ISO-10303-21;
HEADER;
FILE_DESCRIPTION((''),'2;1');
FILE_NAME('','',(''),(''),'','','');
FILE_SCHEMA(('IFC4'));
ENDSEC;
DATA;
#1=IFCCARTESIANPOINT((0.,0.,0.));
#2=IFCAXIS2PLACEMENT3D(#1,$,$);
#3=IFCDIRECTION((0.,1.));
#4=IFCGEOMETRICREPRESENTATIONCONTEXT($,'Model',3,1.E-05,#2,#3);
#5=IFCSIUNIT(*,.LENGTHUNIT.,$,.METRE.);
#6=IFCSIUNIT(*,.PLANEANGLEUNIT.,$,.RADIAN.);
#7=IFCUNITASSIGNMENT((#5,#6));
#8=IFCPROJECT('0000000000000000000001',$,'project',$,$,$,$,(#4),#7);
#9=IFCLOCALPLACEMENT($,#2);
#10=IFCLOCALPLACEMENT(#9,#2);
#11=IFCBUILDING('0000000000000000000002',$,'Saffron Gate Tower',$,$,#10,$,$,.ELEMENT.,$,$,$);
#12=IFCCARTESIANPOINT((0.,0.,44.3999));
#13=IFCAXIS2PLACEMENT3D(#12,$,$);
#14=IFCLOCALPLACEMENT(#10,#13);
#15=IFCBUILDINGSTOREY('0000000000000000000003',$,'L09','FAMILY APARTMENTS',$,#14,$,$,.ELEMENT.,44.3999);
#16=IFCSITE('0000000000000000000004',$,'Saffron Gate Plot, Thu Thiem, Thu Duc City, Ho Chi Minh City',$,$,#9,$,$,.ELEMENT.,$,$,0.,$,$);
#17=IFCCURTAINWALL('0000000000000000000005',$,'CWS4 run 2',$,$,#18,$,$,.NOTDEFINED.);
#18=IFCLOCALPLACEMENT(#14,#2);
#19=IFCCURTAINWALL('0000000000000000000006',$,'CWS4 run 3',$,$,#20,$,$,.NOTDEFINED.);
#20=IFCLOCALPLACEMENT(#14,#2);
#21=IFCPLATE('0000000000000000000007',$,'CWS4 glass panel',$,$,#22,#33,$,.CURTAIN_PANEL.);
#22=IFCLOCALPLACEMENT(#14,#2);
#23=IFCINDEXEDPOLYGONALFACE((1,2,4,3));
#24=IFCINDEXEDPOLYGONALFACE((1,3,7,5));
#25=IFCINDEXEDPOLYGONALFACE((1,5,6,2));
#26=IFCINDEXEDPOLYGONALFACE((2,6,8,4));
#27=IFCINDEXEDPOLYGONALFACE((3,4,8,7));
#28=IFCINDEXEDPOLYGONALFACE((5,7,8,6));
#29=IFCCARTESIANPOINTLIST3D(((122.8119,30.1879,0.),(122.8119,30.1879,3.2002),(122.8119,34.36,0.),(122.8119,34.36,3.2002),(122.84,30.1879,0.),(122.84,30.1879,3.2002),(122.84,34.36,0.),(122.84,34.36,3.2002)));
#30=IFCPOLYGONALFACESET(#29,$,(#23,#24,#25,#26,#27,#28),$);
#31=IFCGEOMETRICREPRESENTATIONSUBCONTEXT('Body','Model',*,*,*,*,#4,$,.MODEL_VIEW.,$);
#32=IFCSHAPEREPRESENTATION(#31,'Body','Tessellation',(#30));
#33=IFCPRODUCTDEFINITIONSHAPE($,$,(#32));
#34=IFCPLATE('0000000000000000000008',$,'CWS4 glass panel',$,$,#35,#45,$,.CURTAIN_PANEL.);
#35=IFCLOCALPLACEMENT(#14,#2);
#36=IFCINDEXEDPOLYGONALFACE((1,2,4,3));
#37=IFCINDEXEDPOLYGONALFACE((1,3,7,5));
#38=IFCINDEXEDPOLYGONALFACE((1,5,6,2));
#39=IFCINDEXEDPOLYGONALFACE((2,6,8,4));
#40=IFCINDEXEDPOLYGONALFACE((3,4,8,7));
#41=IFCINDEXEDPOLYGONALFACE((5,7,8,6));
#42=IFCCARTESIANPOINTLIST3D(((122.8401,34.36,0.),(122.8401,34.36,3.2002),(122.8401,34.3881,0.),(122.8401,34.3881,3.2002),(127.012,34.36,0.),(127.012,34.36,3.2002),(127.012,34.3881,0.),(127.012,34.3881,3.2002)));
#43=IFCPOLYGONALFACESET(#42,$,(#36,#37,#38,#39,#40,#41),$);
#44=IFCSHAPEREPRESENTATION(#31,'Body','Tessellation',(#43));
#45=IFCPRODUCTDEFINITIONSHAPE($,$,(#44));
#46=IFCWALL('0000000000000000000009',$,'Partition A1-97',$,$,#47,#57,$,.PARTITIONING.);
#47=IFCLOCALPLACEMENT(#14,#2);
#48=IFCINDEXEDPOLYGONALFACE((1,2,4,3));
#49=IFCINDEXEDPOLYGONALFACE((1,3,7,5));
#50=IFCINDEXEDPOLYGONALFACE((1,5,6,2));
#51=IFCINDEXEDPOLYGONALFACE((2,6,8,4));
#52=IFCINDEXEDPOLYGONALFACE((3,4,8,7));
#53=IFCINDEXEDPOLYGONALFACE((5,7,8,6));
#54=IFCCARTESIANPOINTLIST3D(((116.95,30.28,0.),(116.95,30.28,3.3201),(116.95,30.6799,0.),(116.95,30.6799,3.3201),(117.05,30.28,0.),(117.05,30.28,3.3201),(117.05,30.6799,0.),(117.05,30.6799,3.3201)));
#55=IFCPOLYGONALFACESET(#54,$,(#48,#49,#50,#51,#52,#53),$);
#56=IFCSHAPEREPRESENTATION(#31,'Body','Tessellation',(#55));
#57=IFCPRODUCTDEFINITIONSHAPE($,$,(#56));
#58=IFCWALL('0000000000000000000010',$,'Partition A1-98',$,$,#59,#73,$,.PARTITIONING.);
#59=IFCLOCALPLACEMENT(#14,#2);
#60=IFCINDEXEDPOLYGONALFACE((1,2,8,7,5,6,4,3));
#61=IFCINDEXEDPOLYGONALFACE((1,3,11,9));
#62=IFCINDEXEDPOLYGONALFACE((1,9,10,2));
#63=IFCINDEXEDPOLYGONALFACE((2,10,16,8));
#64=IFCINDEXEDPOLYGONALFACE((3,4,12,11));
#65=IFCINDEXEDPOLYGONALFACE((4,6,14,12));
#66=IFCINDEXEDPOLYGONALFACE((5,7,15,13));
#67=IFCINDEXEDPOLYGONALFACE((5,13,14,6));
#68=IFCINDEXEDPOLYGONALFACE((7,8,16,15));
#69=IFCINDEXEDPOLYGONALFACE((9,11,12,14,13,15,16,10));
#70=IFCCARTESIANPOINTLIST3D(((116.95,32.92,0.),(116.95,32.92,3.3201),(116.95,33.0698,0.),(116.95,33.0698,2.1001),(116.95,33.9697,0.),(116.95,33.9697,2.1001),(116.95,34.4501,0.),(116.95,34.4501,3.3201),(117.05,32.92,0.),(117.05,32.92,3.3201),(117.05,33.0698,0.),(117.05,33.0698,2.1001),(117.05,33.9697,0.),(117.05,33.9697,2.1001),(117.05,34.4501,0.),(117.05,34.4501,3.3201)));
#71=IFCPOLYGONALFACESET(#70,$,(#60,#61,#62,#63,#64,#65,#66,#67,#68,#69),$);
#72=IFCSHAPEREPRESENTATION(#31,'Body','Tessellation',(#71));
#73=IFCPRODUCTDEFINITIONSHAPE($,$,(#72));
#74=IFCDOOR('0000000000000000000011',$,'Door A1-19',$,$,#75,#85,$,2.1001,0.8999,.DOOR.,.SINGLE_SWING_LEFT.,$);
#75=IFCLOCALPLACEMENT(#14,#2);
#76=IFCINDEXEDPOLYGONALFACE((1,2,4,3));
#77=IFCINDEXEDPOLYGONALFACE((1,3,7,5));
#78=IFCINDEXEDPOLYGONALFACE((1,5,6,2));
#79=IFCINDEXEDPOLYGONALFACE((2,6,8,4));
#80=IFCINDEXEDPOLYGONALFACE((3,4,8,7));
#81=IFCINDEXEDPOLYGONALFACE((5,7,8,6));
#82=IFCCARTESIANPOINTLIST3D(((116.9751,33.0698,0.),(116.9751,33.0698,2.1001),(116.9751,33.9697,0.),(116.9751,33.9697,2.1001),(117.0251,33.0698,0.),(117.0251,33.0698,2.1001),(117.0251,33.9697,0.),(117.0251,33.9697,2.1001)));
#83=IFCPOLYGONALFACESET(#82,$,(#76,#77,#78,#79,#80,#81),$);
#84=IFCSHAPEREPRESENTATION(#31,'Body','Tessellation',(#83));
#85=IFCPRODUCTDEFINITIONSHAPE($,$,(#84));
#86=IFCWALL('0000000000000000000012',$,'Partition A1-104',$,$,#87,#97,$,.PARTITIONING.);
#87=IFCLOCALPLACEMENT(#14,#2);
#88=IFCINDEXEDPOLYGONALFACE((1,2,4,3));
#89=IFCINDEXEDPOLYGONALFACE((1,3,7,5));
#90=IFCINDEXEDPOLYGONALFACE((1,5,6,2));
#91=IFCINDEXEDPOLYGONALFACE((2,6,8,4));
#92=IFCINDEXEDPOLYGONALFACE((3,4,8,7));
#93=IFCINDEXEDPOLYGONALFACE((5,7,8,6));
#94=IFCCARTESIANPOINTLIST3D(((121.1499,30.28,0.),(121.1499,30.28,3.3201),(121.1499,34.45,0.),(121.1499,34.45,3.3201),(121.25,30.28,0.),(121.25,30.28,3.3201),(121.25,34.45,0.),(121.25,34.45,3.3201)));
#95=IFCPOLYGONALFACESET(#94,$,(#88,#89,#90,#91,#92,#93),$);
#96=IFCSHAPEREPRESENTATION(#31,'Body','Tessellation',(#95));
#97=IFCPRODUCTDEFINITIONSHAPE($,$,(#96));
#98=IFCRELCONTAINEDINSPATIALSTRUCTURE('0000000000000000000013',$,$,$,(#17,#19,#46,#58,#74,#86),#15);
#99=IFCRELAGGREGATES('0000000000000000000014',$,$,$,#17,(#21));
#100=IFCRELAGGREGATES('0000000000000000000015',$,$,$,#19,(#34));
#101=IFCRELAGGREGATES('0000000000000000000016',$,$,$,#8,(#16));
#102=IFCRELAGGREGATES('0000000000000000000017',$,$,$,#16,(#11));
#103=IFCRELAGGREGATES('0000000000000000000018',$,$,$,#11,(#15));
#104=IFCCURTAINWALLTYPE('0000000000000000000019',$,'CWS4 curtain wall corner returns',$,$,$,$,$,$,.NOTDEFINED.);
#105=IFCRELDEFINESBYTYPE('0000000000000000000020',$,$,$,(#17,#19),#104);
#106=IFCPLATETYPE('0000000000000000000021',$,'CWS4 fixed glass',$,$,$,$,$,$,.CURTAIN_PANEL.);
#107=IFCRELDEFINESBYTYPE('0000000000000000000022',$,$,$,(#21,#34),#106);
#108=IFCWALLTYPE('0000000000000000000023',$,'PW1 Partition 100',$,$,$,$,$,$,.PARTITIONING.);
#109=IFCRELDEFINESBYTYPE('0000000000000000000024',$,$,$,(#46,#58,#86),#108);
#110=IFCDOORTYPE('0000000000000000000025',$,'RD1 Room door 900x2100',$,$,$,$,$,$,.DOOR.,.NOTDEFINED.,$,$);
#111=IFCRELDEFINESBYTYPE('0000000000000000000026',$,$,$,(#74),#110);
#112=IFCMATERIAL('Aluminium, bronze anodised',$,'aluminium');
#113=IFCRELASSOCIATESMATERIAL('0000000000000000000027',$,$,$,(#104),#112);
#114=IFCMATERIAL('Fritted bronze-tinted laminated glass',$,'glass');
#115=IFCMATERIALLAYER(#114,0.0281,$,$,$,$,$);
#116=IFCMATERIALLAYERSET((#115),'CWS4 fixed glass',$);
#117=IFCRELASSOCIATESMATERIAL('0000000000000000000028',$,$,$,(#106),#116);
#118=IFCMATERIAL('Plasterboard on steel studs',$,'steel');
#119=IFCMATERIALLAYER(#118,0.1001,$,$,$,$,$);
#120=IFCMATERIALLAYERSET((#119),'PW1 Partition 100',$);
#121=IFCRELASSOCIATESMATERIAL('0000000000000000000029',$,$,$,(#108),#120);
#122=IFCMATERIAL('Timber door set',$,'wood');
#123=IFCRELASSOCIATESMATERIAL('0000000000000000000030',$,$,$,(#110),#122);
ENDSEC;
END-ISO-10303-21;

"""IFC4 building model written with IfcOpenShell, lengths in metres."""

from ifc_helpers import new_model, si_unit, direction, frame, frame_2d, origin, place, context, subcontext, project, spatial, rectangle, extrude, material, layer, layer_set, type_object, element, fill, aggregate, save


model = new_model("IFC4")

# Units and contexts
model_context = context("Model", 3, precision=1e-05, world=origin(), true_north=direction((0.0, 1.0)))
body_context = subcontext(model_context, "Body", "Model", "MODEL_VIEW")
ifc_project = project(units=[si_unit("LENGTHUNIT", "METRE"), si_unit("PLANEANGLEUNIT", "RADIAN")], contexts=[model_context])

# Site, building, storey
site_placement = place(None, origin())
site = spatial("IfcSite", under=ifc_project, at=site_placement, Name="Saffron Gate Plot, Thu Thiem, Thu Duc City, Ho Chi Minh City", CompositionType="ELEMENT", RefElevation=0.0)
building_placement = place(site_placement, origin())
building = spatial("IfcBuilding", under=site, at=building_placement, Name="Saffron Gate Tower", CompositionType="ELEMENT")
storey_placement = place(building_placement, frame((0.0, 0.0, 44.3999)))
storey = spatial("IfcBuildingStorey", under=building, at=storey_placement, Name="L09", Description="FAMILY APARTMENTS", CompositionType="ELEMENT", Elevation=44.3999)

# Curtain walls
ifc_material_1 = material(Name="Aluminium, bronze anodised", Category="aluminium")
curtain_wall_type_1 = type_object("IfcCurtainWallType", Name="CWS4 curtain wall corner returns", PredefinedType="NOTDEFINED", material=ifc_material_1)
curtain_wall_1_placement = place(storey_placement, origin())
curtain_wall_1 = element("IfcCurtainWall", 1, at=curtain_wall_1_placement, inside=storey, type_object=curtain_wall_type_1, Name="CWS4 run 2", PredefinedType="NOTDEFINED")
curtain_wall_2_placement = place(storey_placement, origin())
curtain_wall_2 = element("IfcCurtainWall", 2, at=curtain_wall_2_placement, inside=storey, type_object=curtain_wall_type_1, Name="CWS4 run 3", PredefinedType="NOTDEFINED")

# Shared definitions
ifc_material_2 = material(Name="Fritted bronze-tinted laminated glass", Category="glass")

# Plates
ifc_layer_1 = layer(ifc_material_2, 0.0281)
ifc_layer_set_1 = layer_set([ifc_layer_1], Name="CWS4 fixed glass")
plate_type_1 = type_object("IfcPlateType", Name="CWS4 fixed glass", PredefinedType="CURTAIN_PANEL", material=ifc_layer_set_1)
plate_1_placement = place(storey_placement, frame((122.8259, 30.188, 0.0), z_axis=(0.0, 0.0, 1.0), x_axis=(0.0, 1.0, 0.0)))
plate_1 = element("IfcPlate", 3, at=plate_1_placement, type_object=plate_type_1, Name="CWS4 glass panel", PredefinedType="CURTAIN_PANEL", context=body_context, shape_type="SweptSolid", body=[
    extrude(rectangle(XDim=4.1721, YDim=0.0281, at=frame_2d((2.0859, 0.0))), origin(), (0.0, 0.0, 1.0), 3.2002),
])
aggregate(curtain_wall_1, [plate_1])
plate_2_placement = place(storey_placement, frame((122.8401, 34.374, 0.0), z_axis=(0.0, 0.0, 1.0), x_axis=(1.0, 0.0, 0.0)))
plate_2 = element("IfcPlate", 4, at=plate_2_placement, type_object=plate_type_1, Name="CWS4 glass panel", PredefinedType="CURTAIN_PANEL", context=body_context, shape_type="SweptSolid", body=[
    extrude(rectangle(XDim=4.1719, YDim=0.0281, at=frame_2d((2.0859, 0.0))), origin(), (0.0, 0.0, 1.0), 3.2002),
])
aggregate(curtain_wall_2, [plate_2])

# Wall
ifc_material_3 = material(Name="Plasterboard on steel studs", Category="steel")
ifc_layer_2 = layer(ifc_material_3, 0.1001)
ifc_layer_set_2 = layer_set([ifc_layer_2], Name="PW1 Partition 100")
wall_type = type_object("IfcWallType", Name="PW1 Partition 100", PredefinedType="PARTITIONING", material=ifc_layer_set_2)
wall_1_placement = place(storey_placement, frame((117.0, 30.6799, 0.0), z_axis=(0.0, 0.0, 1.0), x_axis=(0.0, -1.0, 0.0)))
element("IfcWall", 5, at=wall_1_placement, inside=storey, type_object=wall_type, Name="Partition A1-97", PredefinedType="PARTITIONING", context=body_context, shape_type="SweptSolid", body=[
    extrude(rectangle(XDim=0.3999, YDim=0.1001, at=frame_2d((0.2, 0.0))), origin(), (0.0, 0.0, 1.0), 3.3201),
])

# Wall, opening, door
wall_2_placement = place(storey_placement, frame((117.0, 32.9199, 0.0), z_axis=(0.0, 0.0, 1.0), x_axis=(0.0, 1.0, 0.0)))
wall_2 = element("IfcWall", 6, at=wall_2_placement, inside=storey, type_object=wall_type, Name="Partition A1-98", PredefinedType="PARTITIONING", context=body_context, shape_type="SweptSolid", body=[
    extrude(rectangle(XDim=1.53, YDim=0.1001, at=frame_2d((0.7651, 0.0))), origin(), (0.0, 0.0, 1.0), 3.3201),
])
opening_1_placement = place(wall_2_placement, frame((0.1499, 0.0, 0.0)))
opening_1 = element("IfcOpeningElement", 7, at=opening_1_placement, cuts=wall_2, PredefinedType="OPENING", context=body_context, shape_type="SweptSolid", body=[
    extrude(rectangle(XDim=0.8999, YDim=2.1001, at=frame_2d((0.45, 1.05))), frame((0.0, 0.0601, 0.0), z_axis=(0.0, -1.0, 0.0), x_axis=(1.0, 0.0, 0.0)), (0.0, 0.0, 1.0), 0.1201),
])
ifc_material_4 = material(Name="Timber door set", Category="wood")
door_type = type_object("IfcDoorType", Name="RD1 Room door 900x2100", OperationType="NOTDEFINED", PredefinedType="DOOR", material=ifc_material_4)
door_placement = place(opening_1_placement, origin())
door = element("IfcDoor", 8, at=door_placement, inside=storey, type_object=door_type, Name="Door A1-19", OperationType="SINGLE_SWING_LEFT", OverallHeight=2.1001, OverallWidth=0.8999, PredefinedType="DOOR", context=body_context, shape_type="SweptSolid", body=[
    extrude(rectangle(XDim=0.8999, YDim=2.1001, at=frame_2d((0.45, 1.05))), frame((0.0, 0.0249, 0.0), z_axis=(0.0, -1.0, 0.0), x_axis=(1.0, 0.0, 0.0)), (0.0, 0.0, 1.0), 0.05),
])
fill(opening_1, door)

# Wall
wall_3_placement = place(storey_placement, frame((121.2, 34.45, 0.0), z_axis=(0.0, 0.0, 1.0), x_axis=(0.0, -1.0, 0.0)))
element("IfcWall", 9, at=wall_3_placement, inside=storey, type_object=wall_type, Name="Partition A1-104", PredefinedType="PARTITIONING", context=body_context, shape_type="SweptSolid", body=[
    extrude(rectangle(XDim=4.1699, YDim=0.1001, at=frame_2d((2.085, 0.0))), origin(), (0.0, 0.0, 1.0), 3.3201),
])

save(model, "model.ifc")
